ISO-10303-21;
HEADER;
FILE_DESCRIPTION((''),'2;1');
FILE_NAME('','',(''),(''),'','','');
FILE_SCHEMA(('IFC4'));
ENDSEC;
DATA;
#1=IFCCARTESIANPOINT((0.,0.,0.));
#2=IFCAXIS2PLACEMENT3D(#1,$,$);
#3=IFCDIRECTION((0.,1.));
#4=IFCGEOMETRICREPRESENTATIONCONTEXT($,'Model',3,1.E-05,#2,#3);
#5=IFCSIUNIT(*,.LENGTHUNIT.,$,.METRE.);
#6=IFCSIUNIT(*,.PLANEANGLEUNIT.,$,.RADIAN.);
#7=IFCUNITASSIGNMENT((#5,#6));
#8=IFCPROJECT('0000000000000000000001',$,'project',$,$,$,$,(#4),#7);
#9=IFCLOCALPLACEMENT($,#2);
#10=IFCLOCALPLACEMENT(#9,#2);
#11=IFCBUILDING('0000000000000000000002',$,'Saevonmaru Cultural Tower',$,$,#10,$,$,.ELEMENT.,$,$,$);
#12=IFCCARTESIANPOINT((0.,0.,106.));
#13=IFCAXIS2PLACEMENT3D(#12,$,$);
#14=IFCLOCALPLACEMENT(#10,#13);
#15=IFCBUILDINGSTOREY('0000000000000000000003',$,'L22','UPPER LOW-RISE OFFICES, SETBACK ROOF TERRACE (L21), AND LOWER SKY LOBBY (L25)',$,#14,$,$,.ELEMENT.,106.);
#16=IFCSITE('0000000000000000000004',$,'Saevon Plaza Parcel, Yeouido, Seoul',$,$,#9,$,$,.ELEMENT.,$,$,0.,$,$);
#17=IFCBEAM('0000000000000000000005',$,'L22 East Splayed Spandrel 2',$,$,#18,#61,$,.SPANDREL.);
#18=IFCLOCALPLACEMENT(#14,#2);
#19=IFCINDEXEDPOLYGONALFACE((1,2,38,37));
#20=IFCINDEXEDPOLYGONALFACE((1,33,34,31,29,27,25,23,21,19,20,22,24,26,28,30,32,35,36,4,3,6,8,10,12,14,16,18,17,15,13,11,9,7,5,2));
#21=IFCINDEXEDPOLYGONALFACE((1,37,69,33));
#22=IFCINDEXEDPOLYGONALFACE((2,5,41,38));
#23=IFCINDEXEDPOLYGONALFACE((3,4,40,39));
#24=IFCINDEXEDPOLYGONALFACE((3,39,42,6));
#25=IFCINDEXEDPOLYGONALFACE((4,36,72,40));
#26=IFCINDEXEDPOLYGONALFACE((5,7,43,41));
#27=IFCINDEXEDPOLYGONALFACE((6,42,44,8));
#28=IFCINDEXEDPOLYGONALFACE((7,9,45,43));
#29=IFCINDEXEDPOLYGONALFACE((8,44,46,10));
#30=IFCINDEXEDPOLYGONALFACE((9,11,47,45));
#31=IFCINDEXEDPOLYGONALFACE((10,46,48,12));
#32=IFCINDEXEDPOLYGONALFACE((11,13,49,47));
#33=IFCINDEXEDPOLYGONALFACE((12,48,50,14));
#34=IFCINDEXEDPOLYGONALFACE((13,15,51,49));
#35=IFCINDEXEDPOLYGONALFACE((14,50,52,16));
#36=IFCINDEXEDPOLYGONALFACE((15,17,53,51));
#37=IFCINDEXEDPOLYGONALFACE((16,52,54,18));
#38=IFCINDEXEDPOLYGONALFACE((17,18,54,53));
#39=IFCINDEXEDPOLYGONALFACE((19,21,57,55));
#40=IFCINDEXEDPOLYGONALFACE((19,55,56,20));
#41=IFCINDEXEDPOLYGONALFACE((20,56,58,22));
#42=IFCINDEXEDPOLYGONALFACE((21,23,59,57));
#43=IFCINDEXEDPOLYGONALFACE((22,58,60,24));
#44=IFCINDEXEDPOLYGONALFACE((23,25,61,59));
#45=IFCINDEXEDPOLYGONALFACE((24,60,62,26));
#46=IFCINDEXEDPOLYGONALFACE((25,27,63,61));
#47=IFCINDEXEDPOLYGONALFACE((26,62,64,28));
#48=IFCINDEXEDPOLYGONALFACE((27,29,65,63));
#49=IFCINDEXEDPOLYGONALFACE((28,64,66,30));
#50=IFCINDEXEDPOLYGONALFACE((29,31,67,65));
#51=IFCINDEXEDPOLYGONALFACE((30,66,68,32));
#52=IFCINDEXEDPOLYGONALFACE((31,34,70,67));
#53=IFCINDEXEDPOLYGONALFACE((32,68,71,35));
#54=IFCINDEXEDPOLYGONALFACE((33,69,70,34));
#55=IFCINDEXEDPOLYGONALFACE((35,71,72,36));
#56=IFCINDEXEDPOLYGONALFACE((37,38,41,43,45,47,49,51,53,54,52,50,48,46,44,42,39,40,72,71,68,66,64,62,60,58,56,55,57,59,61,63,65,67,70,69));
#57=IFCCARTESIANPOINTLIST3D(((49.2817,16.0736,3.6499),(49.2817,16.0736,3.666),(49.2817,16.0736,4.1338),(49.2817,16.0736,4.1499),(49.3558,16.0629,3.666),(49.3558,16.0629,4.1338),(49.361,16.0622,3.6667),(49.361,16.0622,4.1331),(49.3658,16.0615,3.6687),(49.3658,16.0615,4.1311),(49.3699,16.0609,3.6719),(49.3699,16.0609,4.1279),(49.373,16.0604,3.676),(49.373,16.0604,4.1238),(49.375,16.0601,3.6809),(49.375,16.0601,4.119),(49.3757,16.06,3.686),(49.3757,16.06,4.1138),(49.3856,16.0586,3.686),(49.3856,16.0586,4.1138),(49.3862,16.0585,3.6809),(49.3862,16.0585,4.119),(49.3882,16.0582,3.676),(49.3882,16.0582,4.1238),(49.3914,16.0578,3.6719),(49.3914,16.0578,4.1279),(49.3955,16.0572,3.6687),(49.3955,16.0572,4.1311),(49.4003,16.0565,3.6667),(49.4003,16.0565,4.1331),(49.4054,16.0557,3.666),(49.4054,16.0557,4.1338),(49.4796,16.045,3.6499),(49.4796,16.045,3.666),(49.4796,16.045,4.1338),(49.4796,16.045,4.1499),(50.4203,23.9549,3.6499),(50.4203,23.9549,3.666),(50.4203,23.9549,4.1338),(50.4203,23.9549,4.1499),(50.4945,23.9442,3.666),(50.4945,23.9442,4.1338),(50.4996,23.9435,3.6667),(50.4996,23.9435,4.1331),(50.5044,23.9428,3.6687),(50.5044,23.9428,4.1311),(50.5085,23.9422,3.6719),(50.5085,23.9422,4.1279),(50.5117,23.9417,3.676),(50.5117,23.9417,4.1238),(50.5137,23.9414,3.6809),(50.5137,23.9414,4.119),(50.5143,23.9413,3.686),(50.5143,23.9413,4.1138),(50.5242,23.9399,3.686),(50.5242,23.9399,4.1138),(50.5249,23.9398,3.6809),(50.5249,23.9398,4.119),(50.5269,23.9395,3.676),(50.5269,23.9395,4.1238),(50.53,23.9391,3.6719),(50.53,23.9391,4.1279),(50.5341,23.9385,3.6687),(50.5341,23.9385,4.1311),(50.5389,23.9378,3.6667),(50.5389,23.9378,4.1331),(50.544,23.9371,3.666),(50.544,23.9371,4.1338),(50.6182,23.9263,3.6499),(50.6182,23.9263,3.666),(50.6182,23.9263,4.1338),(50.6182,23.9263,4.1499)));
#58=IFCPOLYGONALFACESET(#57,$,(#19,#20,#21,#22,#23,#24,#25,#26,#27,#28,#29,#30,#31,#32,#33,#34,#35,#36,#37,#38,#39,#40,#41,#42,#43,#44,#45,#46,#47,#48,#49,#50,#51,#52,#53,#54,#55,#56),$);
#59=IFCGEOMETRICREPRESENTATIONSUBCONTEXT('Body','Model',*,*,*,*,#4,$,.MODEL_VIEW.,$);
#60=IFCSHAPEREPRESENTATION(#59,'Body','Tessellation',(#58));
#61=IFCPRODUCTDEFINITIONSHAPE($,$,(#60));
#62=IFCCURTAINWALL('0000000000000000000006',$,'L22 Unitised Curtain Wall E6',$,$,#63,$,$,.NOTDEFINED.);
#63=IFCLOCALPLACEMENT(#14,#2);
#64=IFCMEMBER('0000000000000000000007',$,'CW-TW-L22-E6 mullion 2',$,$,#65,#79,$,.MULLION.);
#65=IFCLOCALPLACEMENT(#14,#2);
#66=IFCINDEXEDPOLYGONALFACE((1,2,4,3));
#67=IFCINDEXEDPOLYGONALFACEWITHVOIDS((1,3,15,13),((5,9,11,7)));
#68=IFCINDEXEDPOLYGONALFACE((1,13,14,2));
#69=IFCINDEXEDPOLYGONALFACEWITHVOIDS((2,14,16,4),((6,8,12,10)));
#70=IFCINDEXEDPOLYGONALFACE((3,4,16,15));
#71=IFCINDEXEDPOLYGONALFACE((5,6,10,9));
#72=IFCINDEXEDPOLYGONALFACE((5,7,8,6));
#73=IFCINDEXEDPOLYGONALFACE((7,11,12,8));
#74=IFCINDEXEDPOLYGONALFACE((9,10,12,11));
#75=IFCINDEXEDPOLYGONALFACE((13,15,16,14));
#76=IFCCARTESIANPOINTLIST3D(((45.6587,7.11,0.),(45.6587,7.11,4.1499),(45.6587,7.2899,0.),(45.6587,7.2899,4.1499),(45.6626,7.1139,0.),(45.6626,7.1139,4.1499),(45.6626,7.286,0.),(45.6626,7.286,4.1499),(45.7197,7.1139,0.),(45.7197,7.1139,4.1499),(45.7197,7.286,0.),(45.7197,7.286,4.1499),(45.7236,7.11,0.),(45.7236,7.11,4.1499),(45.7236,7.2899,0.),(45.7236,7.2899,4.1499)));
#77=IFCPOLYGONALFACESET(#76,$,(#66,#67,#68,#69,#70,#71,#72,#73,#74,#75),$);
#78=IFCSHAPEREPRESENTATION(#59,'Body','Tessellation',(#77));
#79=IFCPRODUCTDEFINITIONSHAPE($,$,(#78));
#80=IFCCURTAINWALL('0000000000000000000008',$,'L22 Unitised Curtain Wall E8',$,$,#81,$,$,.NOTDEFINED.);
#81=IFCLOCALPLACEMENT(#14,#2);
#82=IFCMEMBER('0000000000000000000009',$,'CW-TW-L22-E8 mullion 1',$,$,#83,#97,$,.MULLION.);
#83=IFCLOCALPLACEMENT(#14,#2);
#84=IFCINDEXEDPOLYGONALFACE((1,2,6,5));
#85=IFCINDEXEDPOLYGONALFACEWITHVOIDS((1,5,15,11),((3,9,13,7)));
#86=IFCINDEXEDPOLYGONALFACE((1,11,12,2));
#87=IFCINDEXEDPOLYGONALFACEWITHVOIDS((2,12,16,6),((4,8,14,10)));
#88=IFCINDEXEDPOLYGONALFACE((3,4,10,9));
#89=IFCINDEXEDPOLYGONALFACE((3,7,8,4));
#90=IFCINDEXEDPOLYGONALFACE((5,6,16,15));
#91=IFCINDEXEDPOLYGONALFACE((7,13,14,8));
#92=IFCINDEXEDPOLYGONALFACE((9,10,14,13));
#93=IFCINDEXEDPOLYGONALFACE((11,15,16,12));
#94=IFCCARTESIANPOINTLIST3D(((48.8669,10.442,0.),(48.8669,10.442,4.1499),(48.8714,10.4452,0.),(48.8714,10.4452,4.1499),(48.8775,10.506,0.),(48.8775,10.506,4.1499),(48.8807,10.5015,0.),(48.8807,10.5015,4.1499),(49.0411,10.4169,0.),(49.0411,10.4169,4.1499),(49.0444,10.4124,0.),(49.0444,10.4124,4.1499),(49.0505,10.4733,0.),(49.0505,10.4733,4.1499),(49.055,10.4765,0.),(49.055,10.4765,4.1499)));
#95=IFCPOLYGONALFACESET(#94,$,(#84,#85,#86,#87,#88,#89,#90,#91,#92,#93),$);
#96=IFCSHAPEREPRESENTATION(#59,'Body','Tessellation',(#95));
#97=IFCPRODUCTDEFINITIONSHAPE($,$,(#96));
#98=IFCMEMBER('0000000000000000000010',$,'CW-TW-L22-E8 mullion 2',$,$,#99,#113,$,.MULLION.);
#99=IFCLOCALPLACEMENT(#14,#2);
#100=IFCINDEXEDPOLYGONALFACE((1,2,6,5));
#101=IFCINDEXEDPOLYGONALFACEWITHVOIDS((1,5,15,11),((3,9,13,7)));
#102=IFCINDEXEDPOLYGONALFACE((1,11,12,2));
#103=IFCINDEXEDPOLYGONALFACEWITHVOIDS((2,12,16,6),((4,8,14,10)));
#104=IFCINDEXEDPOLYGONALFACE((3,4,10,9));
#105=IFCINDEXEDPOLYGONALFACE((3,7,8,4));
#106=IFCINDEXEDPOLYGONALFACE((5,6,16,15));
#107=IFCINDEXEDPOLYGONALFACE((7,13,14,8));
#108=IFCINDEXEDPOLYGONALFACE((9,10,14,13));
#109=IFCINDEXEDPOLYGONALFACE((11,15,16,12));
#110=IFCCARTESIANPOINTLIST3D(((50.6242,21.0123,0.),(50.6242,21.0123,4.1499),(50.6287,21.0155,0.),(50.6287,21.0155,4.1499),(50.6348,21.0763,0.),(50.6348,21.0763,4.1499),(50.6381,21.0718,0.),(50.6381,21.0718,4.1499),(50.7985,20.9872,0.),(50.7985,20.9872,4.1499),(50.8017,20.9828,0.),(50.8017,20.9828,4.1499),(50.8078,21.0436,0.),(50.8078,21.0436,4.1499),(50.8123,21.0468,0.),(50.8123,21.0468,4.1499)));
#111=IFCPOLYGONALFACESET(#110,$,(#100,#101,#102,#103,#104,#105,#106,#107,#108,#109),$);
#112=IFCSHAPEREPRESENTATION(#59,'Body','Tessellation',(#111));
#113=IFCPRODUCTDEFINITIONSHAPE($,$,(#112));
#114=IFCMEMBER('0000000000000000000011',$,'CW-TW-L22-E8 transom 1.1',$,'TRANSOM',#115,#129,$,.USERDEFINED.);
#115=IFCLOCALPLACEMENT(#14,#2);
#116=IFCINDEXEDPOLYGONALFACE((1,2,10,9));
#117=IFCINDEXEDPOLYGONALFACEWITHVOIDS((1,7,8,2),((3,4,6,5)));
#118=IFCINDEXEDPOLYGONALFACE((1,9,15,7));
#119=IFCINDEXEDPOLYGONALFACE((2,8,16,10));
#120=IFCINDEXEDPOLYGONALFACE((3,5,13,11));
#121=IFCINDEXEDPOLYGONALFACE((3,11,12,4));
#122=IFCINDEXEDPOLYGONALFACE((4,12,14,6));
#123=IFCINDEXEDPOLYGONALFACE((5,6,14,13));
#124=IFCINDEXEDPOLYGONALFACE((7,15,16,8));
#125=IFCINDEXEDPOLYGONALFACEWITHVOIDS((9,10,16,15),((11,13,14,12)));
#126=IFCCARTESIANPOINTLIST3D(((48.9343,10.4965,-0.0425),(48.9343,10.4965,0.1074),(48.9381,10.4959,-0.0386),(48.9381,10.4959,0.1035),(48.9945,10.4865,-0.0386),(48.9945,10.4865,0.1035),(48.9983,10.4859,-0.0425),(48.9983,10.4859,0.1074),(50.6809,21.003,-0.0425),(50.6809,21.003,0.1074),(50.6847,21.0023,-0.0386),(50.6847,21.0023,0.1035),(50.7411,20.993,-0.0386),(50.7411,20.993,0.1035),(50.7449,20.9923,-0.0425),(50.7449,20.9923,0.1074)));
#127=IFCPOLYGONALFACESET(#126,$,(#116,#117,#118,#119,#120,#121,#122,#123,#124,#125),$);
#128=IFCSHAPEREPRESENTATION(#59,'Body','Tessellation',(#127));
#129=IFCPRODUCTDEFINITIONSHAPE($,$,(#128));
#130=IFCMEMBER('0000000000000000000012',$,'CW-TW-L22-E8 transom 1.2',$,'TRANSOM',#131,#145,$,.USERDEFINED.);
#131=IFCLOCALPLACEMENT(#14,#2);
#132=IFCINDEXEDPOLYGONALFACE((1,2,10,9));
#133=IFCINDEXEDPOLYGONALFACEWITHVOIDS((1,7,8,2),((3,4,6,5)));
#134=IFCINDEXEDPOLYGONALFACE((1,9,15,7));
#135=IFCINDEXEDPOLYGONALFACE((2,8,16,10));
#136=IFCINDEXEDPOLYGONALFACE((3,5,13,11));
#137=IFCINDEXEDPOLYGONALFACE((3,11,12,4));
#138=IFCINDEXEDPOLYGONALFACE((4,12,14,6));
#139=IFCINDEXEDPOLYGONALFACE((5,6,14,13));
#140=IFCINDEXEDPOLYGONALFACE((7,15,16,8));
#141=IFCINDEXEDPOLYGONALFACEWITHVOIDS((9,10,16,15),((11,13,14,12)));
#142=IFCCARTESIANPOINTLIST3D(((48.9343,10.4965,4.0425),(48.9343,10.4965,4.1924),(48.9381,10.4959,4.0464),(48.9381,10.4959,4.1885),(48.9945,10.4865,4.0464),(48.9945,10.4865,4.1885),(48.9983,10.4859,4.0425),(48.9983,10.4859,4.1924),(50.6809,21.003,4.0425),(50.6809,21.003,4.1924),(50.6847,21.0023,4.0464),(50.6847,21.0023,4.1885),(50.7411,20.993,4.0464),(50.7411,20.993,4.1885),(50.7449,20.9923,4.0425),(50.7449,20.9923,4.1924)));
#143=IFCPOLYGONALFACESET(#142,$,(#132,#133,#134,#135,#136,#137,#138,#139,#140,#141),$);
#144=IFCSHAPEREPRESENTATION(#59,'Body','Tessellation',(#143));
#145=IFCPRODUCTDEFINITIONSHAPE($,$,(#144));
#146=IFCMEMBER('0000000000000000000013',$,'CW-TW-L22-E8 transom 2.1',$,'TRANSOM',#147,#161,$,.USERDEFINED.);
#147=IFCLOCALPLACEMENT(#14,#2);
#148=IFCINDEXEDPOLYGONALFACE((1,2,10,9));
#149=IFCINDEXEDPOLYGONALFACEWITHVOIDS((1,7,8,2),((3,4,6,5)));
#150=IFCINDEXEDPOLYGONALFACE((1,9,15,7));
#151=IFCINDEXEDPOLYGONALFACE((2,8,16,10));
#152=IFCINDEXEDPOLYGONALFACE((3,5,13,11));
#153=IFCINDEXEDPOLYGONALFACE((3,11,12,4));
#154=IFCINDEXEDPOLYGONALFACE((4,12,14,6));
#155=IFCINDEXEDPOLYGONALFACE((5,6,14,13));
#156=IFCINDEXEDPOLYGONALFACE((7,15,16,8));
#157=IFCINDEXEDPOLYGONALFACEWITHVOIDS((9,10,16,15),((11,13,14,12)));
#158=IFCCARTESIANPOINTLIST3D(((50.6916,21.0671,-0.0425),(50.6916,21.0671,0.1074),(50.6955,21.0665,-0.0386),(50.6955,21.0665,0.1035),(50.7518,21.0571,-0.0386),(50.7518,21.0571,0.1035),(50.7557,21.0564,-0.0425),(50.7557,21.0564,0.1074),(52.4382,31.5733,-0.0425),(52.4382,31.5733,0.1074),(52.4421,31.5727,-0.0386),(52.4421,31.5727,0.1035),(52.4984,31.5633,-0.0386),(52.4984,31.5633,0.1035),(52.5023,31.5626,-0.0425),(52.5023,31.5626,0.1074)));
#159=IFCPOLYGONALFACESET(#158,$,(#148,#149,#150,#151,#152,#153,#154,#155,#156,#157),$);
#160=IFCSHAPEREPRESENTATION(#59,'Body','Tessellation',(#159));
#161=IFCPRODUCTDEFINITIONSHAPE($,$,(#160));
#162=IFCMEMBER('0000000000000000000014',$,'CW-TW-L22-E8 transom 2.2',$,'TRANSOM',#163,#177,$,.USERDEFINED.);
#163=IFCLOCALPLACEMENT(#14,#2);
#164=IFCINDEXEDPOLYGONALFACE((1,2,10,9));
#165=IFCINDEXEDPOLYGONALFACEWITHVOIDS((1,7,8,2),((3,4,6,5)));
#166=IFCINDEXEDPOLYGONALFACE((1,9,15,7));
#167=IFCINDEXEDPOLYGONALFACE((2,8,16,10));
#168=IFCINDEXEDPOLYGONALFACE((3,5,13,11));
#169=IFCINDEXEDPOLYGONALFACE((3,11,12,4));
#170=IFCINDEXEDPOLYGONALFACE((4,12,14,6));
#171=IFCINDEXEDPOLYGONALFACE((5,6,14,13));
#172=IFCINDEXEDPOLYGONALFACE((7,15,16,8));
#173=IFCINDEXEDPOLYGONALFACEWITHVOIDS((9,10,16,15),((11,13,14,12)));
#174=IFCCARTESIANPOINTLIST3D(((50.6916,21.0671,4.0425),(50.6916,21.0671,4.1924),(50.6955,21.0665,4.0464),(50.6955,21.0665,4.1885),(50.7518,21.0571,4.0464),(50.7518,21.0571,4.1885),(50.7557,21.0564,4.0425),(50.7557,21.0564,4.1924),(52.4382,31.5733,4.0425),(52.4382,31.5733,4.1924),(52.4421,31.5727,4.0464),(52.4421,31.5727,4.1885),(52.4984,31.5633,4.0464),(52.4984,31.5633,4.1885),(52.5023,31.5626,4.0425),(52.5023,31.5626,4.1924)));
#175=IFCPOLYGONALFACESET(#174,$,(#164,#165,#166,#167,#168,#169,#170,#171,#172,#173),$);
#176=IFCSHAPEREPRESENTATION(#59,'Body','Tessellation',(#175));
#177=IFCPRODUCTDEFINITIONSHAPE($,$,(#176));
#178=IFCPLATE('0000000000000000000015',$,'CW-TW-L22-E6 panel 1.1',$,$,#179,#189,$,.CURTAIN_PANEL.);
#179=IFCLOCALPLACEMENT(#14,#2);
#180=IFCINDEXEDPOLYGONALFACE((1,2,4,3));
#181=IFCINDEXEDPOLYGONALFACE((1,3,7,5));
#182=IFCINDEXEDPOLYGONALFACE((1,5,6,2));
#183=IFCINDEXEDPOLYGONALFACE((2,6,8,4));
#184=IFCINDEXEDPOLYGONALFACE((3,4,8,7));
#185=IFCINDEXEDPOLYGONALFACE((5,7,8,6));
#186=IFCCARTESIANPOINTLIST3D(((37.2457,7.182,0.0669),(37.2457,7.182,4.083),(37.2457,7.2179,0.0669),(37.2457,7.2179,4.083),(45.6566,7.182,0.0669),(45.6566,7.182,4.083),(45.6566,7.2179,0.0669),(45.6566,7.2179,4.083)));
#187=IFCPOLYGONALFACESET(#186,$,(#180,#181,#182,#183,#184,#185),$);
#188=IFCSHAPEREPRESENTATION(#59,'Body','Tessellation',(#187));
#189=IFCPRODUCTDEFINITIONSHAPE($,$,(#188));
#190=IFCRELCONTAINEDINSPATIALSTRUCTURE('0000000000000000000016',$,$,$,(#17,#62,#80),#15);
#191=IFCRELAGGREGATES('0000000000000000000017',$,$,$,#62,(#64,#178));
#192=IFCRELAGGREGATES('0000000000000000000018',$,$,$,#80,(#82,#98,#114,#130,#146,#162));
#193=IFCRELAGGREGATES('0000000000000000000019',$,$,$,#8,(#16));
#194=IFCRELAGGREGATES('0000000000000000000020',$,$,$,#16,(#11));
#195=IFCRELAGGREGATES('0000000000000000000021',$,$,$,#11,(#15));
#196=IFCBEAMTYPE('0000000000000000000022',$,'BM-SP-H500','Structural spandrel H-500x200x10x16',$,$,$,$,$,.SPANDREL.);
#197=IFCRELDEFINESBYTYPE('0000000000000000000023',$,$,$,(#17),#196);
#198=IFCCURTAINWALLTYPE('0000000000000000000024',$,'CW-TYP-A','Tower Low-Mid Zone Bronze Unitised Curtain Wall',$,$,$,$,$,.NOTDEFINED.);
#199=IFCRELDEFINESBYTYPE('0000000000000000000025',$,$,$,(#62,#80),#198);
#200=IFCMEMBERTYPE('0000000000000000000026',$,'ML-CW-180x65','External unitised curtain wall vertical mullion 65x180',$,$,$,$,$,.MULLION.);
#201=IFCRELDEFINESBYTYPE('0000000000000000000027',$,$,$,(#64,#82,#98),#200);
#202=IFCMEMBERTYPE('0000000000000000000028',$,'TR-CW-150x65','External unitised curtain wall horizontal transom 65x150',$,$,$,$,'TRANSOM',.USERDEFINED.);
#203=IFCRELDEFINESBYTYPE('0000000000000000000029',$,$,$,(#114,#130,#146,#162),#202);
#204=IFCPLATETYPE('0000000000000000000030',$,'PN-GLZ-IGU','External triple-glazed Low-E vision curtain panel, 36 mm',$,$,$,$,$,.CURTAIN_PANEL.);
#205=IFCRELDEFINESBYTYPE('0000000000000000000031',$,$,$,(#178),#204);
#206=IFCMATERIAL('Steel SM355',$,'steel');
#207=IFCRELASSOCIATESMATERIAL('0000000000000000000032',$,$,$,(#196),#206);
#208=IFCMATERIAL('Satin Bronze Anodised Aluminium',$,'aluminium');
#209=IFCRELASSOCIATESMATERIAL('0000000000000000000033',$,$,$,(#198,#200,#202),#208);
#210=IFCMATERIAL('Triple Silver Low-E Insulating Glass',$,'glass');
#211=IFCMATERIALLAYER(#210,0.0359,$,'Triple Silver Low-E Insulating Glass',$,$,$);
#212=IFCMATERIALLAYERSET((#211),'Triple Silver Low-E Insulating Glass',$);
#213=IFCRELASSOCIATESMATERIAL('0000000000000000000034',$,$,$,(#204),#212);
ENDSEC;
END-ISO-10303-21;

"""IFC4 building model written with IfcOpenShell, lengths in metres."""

from ifc_helpers import new_model, si_unit, direction, frame, origin, origin_2d, place, context, subcontext, project, spatial, rectangle, hollow_rectangle, i_section, extrude, material, layer, layer_set, material_profile, profile_set, type_object, element, aggregate, save


model = new_model("IFC4")

# Units and contexts
model_context = context("Model", 3, precision=1e-05, world=origin(), true_north=direction((0.0, 1.0)))
body_context = subcontext(model_context, "Body", "Model", "MODEL_VIEW")
ifc_project = project(units=[si_unit("LENGTHUNIT", "METRE"), si_unit("PLANEANGLEUNIT", "RADIAN")], contexts=[model_context])

# Site, building, storey
site_placement = place(None, origin())
site = spatial("IfcSite", under=ifc_project, at=site_placement, Name="Saevon Plaza Parcel, Yeouido, Seoul", CompositionType="ELEMENT", RefElevation=0.0)
building_placement = place(site_placement, origin())
building = spatial("IfcBuilding", under=site, at=building_placement, Name="Saevonmaru Cultural Tower", CompositionType="ELEMENT")
storey_placement = place(building_placement, frame((0.0, 0.0, 106.0)))
storey = spatial("IfcBuildingStorey", under=building, at=storey_placement, Name="L22", Description="UPPER LOW-RISE OFFICES, SETBACK ROOF TERRACE (L21), AND LOWER SKY LOBBY (L25)", CompositionType="ELEMENT", Elevation=106.0)

# Shared definitions
ifc_material_1 = material(Name="Steel SM355", Category="steel")

# Beam
ifc_material_profile_1 = material_profile(ifc_material_1, i_section(OverallWidth=0.2, OverallDepth=0.5, WebThickness=0.01, FlangeThickness=0.0161, FilletRadius=0.02, at=origin_2d()), Name="H-500x200x10x16")
ifc_profile_set_1 = profile_set([ifc_material_profile_1], Name="Steel SM355")
beam_type_1 = type_object("IfcBeamType", Name="BM-SP-H500", Description="Structural spandrel H-500x200x10x16", PredefinedType="SPANDREL", material=ifc_profile_set_1)
beam_1_placement = place(storey_placement, frame((49.3806, 16.0593, 3.8999), z_axis=(0.142992, 0.989724, 0.0), x_axis=(-0.989724, 0.142992, 0.0)))
element("IfcBeam", 1, at=beam_1_placement, inside=storey, type_object=beam_type_1, Name="L22 East Splayed Spandrel 2", PredefinedType="SPANDREL", context=body_context, shape_type="SweptSolid", body=[
    extrude(i_section(OverallWidth=0.2, OverallDepth=0.5, WebThickness=0.01, FlangeThickness=0.0161, FilletRadius=0.02, at=origin_2d()), origin(), (0.0, 0.0, 1.0), 7.9631),
])

# Curtain wall, member
ifc_material_2 = material(Name="Satin Bronze Anodised Aluminium", Category="aluminium")
curtain_wall_type = type_object("IfcCurtainWallType", Name="CW-TYP-A", Description="Tower Low-Mid Zone Bronze Unitised Curtain Wall", PredefinedType="NOTDEFINED", material=ifc_material_2)
curtain_wall_1_placement = place(storey_placement, origin())
curtain_wall_1 = element("IfcCurtainWall", 2, at=curtain_wall_1_placement, inside=storey, type_object=curtain_wall_type, Name="L22 Unitised Curtain Wall E6", PredefinedType="NOTDEFINED")
ifc_material_profile_2 = material_profile(ifc_material_2, hollow_rectangle(XDim=0.0649, YDim=0.1799, WallThickness=0.0039, at=origin_2d()), Name="ALU-MULL-180x65x4")
ifc_profile_set_2 = profile_set([ifc_material_profile_2], Name="Satin Bronze Anodised Aluminium")
member_type_1 = type_object("IfcMemberType", Name="ML-CW-180x65", Description="External unitised curtain wall vertical mullion 65x180", PredefinedType="MULLION", material=ifc_profile_set_2)
member_1_placement = place(storey_placement, frame((45.6912, 7.2, 0.0), z_axis=(0.0, 0.0, 1.0), x_axis=(1.0, 0.0, 0.0)))
member_1 = element("IfcMember", 3, at=member_1_placement, type_object=member_type_1, Name="CW-TW-L22-E6 mullion 2", PredefinedType="MULLION", context=body_context, shape_type="SweptSolid", body=[
    extrude(hollow_rectangle(XDim=0.0649, YDim=0.1799, WallThickness=0.0039, at=origin_2d()), origin(), (0.0, 0.0, 1.0), 4.1499),
])

# Curtain wall, members
curtain_wall_2_placement = place(storey_placement, origin())
curtain_wall_2 = element("IfcCurtainWall", 4, at=curtain_wall_2_placement, inside=storey, type_object=curtain_wall_type, Name="L22 Unitised Curtain Wall E8", PredefinedType="NOTDEFINED")
member_2_placement = place(storey_placement, frame((48.9609, 10.4592, 0.0), z_axis=(0.0, 0.0, 1.0), x_axis=(0.163999, 0.986461, 0.0)))
member_2 = element("IfcMember", 5, at=member_2_placement, type_object=member_type_1, Name="CW-TW-L22-E8 mullion 1", PredefinedType="MULLION", context=body_context, shape_type="SweptSolid", body=[
    extrude(hollow_rectangle(XDim=0.0649, YDim=0.1799, WallThickness=0.0039, at=origin_2d()), origin(), (0.0, 0.0, 1.0), 4.1499),
])
member_3_placement = place(storey_placement, frame((50.7183, 21.0295, 0.0), z_axis=(0.0, 0.0, 1.0), x_axis=(0.163999, 0.986461, 0.0)))
member_3 = element("IfcMember", 6, at=member_3_placement, type_object=member_type_1, Name="CW-TW-L22-E8 mullion 2", PredefinedType="MULLION", context=body_context, shape_type="SweptSolid", body=[
    extrude(hollow_rectangle(XDim=0.0649, YDim=0.1799, WallThickness=0.0039, at=origin_2d()), origin(), (0.0, 0.0, 1.0), 4.1499),
])
ifc_material_profile_3 = material_profile(ifc_material_2, hollow_rectangle(XDim=0.0649, YDim=0.1499, WallThickness=0.0039, at=origin_2d()), Name="ALU-TRAN-150x65x4")
ifc_profile_set_3 = profile_set([ifc_material_profile_3], Name="Satin Bronze Anodised Aluminium")
member_type_2 = type_object("IfcMemberType", Name="TR-CW-150x65", Description="External unitised curtain wall horizontal transom 65x150", ElementType="TRANSOM", PredefinedType="USERDEFINED", material=ifc_profile_set_3)
member_4_placement = place(storey_placement, frame((48.9663, 10.4912, 0.0325), z_axis=(0.16399, 0.986462, 0.0), x_axis=(-0.986462, 0.16399, 0.0)))
member_4 = element("IfcMember", 7, at=member_4_placement, type_object=member_type_2, Name="CW-TW-L22-E8 transom 1.1", ObjectType="TRANSOM", PredefinedType="USERDEFINED", context=body_context, shape_type="SweptSolid", body=[
    extrude(hollow_rectangle(XDim=0.0649, YDim=0.1499, WallThickness=0.0039, at=origin_2d()), origin(), (0.0, 0.0, 1.0), 10.6506),
])
member_5_placement = place(storey_placement, frame((48.9663, 10.4912, 4.1174), z_axis=(0.16399, 0.986462, 0.0), x_axis=(-0.986462, 0.16399, 0.0)))
member_5 = element("IfcMember", 8, at=member_5_placement, type_object=member_type_2, Name="CW-TW-L22-E8 transom 1.2", ObjectType="TRANSOM", PredefinedType="USERDEFINED", context=body_context, shape_type="SweptSolid", body=[
    extrude(hollow_rectangle(XDim=0.0649, YDim=0.1499, WallThickness=0.0039, at=origin_2d()), origin(), (0.0, 0.0, 1.0), 10.6506),
])
member_6_placement = place(storey_placement, frame((50.7236, 21.0618, 0.0325), z_axis=(0.163994, 0.986461, 0.0), x_axis=(-0.986461, 0.163994, 0.0)))
member_6 = element("IfcMember", 9, at=member_6_placement, type_object=member_type_2, Name="CW-TW-L22-E8 transom 2.1", ObjectType="TRANSOM", PredefinedType="USERDEFINED", context=body_context, shape_type="SweptSolid", body=[
    extrude(hollow_rectangle(XDim=0.0649, YDim=0.1499, WallThickness=0.0039, at=origin_2d()), origin(), (0.0, 0.0, 1.0), 10.6504),
])
member_7_placement = place(storey_placement, frame((50.7236, 21.0618, 4.1174), z_axis=(0.163994, 0.986461, 0.0), x_axis=(-0.986461, 0.163994, 0.0)))
member_7 = element("IfcMember", 10, at=member_7_placement, type_object=member_type_2, Name="CW-TW-L22-E8 transom 2.2", ObjectType="TRANSOM", PredefinedType="USERDEFINED", context=body_context, shape_type="SweptSolid", body=[
    extrude(hollow_rectangle(XDim=0.0649, YDim=0.1499, WallThickness=0.0039, at=origin_2d()), origin(), (0.0, 0.0, 1.0), 10.6504),
])

# Plate
ifc_material_3 = material(Name="Triple Silver Low-E Insulating Glass", Category="glass")
ifc_layer_1 = layer(ifc_material_3, 0.0359, Name="Triple Silver Low-E Insulating Glass")
ifc_layer_set_1 = layer_set([ifc_layer_1], Name="Triple Silver Low-E Insulating Glass")
plate_type = type_object("IfcPlateType", Name="PN-GLZ-IGU", Description="External triple-glazed Low-E vision curtain panel, 36 mm", PredefinedType="CURTAIN_PANEL", material=ifc_layer_set_1)
plate_1_placement = place(storey_placement, frame((41.4512, 7.2, 0.0669), z_axis=(0.0, 0.0, 1.0), x_axis=(1.0, 0.0, 0.0)))
plate_1 = element("IfcPlate", 11, at=plate_1_placement, type_object=plate_type, Name="CW-TW-L22-E6 panel 1.1", PredefinedType="CURTAIN_PANEL", context=body_context, shape_type="SweptSolid", body=[
    extrude(rectangle(XDim=8.4109, YDim=0.0359, at=origin_2d()), origin(), (0.0, 0.0, 1.0), 4.0161),
])
aggregate(curtain_wall_1, [member_1, plate_1])
aggregate(curtain_wall_2, [member_2, member_3, member_4, member_5, member_6, member_7])

save(model, "model.ifc")
